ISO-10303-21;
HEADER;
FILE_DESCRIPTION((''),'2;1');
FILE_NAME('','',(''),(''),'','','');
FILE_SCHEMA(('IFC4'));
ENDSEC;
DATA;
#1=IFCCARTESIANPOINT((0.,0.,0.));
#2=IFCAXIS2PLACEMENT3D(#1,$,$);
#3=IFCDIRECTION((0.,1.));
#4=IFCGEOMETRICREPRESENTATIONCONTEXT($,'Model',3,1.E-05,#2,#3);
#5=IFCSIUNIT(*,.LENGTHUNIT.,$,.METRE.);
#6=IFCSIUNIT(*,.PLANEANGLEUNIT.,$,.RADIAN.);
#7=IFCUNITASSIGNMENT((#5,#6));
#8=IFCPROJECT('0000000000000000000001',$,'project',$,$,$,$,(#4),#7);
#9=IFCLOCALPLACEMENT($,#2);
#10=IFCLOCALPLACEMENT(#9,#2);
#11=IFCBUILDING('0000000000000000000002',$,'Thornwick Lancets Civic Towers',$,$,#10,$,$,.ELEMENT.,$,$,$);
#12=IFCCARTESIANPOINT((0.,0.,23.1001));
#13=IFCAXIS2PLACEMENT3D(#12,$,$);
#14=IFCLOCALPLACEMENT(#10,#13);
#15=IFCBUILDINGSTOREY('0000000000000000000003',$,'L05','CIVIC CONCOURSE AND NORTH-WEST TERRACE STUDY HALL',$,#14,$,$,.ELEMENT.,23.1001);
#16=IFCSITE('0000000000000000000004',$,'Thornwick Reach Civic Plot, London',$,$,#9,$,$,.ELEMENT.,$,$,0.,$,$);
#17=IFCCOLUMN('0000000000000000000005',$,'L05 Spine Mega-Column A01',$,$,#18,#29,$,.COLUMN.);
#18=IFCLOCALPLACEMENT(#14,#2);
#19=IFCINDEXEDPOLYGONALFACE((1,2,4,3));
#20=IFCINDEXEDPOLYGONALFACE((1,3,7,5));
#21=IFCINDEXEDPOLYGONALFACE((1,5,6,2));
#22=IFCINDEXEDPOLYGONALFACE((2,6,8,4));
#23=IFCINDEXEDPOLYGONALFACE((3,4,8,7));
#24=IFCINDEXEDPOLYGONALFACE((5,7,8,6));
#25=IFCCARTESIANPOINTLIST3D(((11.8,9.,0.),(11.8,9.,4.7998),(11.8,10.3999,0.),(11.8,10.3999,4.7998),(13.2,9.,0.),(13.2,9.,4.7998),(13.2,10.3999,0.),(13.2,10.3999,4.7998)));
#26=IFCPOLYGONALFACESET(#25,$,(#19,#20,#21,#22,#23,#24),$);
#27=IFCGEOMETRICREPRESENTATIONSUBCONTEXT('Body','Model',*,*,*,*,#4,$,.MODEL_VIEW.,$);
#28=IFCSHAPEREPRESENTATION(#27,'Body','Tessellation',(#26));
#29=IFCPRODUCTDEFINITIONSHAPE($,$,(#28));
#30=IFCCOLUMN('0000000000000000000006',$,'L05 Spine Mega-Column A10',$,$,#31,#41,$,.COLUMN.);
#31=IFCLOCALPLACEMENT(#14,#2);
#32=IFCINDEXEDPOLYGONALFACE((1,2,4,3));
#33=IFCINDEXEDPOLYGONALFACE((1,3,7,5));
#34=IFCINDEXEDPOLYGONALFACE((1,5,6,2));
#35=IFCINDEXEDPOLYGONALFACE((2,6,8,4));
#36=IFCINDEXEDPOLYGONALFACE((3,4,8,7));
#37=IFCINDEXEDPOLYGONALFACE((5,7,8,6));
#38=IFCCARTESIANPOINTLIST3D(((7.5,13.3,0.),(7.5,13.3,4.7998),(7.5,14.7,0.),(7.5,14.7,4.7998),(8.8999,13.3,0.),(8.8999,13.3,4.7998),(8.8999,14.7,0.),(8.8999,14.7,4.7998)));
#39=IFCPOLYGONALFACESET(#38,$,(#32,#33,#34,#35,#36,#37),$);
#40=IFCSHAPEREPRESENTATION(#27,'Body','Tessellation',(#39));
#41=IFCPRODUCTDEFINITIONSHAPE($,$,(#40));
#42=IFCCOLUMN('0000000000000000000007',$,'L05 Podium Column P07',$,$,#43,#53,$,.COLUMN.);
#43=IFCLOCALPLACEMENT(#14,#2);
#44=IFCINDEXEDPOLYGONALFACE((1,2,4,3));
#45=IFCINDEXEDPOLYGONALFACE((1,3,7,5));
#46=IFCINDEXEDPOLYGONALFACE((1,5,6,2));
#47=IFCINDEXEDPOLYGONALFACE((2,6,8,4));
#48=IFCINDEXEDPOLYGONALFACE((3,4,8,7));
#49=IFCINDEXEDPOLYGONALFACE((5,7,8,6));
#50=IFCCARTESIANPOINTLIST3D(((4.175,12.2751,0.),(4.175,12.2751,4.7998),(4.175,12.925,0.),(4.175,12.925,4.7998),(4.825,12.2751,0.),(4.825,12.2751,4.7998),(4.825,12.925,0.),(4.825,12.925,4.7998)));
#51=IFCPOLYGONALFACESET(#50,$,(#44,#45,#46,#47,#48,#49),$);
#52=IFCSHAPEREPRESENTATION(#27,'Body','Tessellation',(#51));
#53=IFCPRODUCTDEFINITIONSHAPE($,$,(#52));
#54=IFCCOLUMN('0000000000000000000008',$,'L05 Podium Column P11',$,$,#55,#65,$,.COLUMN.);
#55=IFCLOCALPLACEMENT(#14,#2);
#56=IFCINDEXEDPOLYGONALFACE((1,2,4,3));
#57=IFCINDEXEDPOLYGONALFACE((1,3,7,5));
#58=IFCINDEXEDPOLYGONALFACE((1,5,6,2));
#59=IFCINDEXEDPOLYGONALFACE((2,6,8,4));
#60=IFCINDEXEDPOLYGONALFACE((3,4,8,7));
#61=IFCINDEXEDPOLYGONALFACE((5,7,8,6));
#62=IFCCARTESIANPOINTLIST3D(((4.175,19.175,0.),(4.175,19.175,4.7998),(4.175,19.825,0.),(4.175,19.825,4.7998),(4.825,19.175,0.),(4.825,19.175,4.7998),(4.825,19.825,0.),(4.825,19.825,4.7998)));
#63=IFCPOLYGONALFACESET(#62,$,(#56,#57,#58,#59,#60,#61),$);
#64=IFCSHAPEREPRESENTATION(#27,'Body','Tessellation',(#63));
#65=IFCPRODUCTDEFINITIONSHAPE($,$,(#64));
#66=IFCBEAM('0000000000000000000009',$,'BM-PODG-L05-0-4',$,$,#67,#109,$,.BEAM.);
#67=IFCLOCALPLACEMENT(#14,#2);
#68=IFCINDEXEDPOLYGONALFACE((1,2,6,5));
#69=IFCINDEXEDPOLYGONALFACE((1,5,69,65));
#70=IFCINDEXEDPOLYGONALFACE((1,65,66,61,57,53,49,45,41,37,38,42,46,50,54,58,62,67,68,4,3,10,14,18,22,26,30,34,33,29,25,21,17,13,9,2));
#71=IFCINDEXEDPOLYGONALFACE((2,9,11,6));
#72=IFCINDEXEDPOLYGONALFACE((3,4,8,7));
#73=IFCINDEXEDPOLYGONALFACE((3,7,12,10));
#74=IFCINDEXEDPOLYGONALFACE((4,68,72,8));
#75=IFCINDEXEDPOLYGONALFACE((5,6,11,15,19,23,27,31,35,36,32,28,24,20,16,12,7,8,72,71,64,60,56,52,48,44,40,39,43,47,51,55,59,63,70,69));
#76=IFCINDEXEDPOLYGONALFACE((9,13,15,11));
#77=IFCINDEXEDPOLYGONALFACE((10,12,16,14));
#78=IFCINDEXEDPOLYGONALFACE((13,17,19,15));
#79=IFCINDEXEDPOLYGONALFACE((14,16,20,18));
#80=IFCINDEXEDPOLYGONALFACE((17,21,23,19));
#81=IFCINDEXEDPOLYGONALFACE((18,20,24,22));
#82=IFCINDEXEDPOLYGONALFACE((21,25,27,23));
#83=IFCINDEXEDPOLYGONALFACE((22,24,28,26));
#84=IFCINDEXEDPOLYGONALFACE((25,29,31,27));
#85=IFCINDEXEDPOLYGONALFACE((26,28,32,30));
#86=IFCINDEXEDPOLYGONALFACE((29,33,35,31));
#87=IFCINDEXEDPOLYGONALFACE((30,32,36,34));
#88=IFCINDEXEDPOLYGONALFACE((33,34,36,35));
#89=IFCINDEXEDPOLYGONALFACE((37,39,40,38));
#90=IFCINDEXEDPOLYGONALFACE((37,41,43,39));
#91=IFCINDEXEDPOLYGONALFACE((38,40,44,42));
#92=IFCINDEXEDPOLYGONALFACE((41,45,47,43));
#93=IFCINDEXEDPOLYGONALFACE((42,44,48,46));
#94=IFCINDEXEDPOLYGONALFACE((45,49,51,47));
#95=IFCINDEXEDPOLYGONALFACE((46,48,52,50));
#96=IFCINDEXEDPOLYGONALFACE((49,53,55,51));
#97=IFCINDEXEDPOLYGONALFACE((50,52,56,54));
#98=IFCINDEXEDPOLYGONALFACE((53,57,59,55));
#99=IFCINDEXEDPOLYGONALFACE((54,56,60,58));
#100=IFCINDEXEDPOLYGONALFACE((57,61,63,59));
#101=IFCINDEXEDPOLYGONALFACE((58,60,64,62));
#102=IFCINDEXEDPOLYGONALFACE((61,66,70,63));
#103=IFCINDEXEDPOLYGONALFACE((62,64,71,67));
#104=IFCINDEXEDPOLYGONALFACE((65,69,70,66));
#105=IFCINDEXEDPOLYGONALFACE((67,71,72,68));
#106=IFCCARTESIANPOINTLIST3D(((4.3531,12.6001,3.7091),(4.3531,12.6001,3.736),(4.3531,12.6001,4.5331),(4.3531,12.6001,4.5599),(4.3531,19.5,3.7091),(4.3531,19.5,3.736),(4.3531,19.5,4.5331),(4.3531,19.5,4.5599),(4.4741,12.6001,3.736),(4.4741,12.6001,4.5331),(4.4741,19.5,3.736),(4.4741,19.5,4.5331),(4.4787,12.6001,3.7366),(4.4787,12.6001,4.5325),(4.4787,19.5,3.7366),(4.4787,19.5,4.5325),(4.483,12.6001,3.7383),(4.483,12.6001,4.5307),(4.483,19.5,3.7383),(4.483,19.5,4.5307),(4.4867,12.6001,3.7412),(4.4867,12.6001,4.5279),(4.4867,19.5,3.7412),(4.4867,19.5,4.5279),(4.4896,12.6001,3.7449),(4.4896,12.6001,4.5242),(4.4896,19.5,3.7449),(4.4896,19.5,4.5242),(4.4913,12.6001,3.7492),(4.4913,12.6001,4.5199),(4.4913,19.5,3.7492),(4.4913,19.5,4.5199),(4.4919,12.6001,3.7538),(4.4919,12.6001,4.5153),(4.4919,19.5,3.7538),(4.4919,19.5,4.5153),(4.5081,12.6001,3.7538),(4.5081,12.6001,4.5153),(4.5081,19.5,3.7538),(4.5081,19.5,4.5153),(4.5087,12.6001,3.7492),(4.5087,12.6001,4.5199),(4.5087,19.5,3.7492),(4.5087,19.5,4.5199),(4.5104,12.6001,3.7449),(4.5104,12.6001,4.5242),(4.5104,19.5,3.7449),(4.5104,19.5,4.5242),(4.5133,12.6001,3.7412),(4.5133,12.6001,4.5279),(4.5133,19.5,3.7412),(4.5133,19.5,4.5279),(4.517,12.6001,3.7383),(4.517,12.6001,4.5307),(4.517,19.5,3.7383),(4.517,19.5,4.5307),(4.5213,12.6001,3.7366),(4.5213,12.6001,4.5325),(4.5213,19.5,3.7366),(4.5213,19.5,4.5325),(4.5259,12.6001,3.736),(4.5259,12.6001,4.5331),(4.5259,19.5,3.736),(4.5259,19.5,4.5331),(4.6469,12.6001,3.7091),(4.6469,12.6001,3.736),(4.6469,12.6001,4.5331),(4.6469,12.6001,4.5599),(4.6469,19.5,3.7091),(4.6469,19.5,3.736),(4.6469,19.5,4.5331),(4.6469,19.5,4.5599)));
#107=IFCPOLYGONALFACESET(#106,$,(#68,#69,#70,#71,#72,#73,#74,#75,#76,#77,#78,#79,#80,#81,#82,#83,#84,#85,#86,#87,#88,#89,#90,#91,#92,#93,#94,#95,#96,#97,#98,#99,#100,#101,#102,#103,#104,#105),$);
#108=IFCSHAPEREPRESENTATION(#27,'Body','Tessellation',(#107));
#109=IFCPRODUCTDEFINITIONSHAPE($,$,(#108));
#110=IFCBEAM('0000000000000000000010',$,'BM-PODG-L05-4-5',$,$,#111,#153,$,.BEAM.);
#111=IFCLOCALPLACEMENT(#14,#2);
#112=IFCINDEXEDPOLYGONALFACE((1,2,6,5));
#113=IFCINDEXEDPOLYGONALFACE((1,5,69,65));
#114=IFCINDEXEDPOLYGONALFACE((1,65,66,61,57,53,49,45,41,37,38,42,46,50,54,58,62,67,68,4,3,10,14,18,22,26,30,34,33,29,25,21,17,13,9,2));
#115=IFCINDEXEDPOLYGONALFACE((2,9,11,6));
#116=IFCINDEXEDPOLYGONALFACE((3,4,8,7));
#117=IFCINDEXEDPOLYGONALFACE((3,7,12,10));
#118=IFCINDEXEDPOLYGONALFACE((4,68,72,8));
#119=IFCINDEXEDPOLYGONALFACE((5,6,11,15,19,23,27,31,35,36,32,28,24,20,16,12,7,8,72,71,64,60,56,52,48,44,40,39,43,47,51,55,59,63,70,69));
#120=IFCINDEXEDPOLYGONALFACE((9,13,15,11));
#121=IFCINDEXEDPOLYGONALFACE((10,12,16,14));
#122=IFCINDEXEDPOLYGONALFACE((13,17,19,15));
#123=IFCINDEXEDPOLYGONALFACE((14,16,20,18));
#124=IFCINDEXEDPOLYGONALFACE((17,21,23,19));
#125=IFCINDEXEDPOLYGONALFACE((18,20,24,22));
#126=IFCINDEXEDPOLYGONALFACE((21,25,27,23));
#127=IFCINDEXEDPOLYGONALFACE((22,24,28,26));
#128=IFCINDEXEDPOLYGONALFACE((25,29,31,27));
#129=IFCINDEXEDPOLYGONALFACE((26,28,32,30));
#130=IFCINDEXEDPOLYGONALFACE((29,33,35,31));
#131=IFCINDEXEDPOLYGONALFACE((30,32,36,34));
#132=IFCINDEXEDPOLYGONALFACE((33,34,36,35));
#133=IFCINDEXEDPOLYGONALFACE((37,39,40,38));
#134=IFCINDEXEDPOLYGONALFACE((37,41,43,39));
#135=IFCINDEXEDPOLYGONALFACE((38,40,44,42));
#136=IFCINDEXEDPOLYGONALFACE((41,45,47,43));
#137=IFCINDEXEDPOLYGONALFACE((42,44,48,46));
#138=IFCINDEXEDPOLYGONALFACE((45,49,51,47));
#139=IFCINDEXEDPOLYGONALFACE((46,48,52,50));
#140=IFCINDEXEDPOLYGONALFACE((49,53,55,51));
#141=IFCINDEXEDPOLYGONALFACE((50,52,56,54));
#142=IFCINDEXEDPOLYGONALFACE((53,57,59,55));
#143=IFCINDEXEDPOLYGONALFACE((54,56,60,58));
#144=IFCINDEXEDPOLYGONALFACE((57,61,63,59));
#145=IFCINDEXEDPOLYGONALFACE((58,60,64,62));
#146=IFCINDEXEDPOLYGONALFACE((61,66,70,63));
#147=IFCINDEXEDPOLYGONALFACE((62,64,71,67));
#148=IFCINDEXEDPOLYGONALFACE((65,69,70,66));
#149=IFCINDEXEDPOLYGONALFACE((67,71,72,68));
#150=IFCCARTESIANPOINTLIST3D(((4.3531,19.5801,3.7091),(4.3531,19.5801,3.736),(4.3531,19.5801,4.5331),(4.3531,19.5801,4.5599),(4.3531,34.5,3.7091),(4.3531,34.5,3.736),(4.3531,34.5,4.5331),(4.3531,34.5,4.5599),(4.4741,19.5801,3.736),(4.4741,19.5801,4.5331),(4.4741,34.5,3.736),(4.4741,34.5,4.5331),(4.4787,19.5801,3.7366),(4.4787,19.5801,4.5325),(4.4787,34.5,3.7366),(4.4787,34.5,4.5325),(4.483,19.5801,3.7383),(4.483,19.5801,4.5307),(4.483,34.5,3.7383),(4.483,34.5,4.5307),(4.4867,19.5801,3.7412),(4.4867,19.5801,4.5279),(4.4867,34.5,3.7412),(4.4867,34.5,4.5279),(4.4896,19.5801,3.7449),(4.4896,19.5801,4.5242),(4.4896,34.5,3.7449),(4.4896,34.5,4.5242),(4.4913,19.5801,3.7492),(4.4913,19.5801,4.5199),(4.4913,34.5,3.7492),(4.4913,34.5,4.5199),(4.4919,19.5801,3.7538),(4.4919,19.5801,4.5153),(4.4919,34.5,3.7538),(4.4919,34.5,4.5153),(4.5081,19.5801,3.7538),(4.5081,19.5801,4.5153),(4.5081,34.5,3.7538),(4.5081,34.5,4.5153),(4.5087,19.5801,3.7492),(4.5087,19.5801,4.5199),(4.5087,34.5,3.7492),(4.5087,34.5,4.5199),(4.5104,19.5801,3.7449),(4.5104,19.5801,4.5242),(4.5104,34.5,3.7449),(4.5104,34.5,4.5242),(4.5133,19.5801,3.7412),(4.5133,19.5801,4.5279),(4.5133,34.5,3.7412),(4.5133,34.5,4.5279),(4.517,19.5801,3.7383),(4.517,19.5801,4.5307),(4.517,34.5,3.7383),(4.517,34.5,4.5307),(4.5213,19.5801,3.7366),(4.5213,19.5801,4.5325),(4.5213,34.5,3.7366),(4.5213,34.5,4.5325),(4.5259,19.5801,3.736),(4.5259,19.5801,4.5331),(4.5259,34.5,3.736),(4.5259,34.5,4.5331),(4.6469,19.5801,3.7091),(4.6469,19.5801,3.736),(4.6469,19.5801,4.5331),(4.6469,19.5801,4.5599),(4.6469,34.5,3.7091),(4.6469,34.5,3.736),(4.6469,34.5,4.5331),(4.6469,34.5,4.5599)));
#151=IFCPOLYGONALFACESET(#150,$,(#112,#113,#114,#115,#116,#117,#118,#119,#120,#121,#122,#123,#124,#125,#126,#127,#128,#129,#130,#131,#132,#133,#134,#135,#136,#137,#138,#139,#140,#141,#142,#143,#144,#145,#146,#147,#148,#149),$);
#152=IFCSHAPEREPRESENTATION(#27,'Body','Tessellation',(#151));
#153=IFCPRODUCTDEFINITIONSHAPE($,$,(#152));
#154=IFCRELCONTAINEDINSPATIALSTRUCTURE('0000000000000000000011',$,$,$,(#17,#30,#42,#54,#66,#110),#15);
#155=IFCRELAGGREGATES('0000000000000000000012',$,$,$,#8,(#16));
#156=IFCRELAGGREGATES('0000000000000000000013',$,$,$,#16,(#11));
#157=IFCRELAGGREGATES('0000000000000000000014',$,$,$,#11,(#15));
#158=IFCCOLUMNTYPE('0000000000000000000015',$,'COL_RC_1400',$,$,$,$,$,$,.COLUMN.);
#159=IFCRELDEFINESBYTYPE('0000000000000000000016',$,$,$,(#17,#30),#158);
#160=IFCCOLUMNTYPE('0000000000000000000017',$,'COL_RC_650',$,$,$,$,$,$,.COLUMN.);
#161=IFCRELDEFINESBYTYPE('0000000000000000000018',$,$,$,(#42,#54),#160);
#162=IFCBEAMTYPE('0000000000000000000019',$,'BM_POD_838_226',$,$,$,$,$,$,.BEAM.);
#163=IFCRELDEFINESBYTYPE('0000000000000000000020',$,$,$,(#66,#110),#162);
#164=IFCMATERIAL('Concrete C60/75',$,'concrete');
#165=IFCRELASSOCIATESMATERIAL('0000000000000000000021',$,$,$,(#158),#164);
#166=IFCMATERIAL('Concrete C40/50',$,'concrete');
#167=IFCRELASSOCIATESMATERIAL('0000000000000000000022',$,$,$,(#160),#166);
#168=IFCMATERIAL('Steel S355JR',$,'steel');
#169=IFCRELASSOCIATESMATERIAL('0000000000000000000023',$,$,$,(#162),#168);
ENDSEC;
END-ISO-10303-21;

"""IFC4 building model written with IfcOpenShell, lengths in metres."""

from ifc_helpers import new_model, si_unit, direction, frame, origin, origin_2d, place, context, subcontext, project, spatial, rectangle, i_section, extrude, material, material_profile, profile_set, type_object, element, save


model = new_model("IFC4")

# Units and contexts
model_context = context("Model", 3, precision=1e-05, world=origin(), true_north=direction((0.0, 1.0)))
body_context = subcontext(model_context, "Body", "Model", "MODEL_VIEW")
ifc_project = project(units=[si_unit("LENGTHUNIT", "METRE"), si_unit("PLANEANGLEUNIT", "RADIAN")], contexts=[model_context])

# Site, building, storey
site_placement = place(None, origin())
site = spatial("IfcSite", under=ifc_project, at=site_placement, Name="Thornwick Reach Civic Plot, London", CompositionType="ELEMENT", RefElevation=0.0)
building_placement = place(site_placement, origin())
building = spatial("IfcBuilding", under=site, at=building_placement, Name="Thornwick Lancets Civic Towers", CompositionType="ELEMENT")
storey_placement = place(building_placement, frame((0.0, 0.0, 23.1001)))
storey = spatial("IfcBuildingStorey", under=building, at=storey_placement, Name="L05", Description="CIVIC CONCOURSE AND NORTH-WEST TERRACE STUDY HALL", CompositionType="ELEMENT", Elevation=23.1001)

# Columns
ifc_material_1 = material(Name="Concrete C60/75", Category="concrete")
ifc_material_profile_1 = material_profile(ifc_material_1, rectangle(XDim=1.3999, YDim=1.3999, at=origin_2d()), Name="RC 1400x1400")
ifc_profile_set_1 = profile_set([ifc_material_profile_1], Name="Concrete C60/75")
column_type_1 = type_object("IfcColumnType", Name="COL_RC_1400", PredefinedType="COLUMN", material=ifc_profile_set_1)
for number, where, z_axis, x_axis, name in (
    (1, (12.5, 9.7, 0.0), (0.0, 0.0, 1.0), (1.0, 0.0, 0.0), "L05 Spine Mega-Column A01"),
    (2, (8.2, 14.0, 0.0), (0.0, 0.0, 1.0), (1.0, 0.0, 0.0), "L05 Spine Mega-Column A10"),
):
    element("IfcColumn", number, at=place(storey_placement, frame(where, z_axis=z_axis, x_axis=x_axis)), inside=storey, type_object=column_type_1, Name=name, PredefinedType="COLUMN", context=body_context, shape_type="SweptSolid", body=[
        extrude(rectangle(XDim=1.3999, YDim=1.3999, at=origin_2d()), origin(), (0.0, 0.0, 1.0), 4.7998),
    ])
ifc_material_2 = material(Name="Concrete C40/50", Category="concrete")
ifc_material_profile_2 = material_profile(ifc_material_2, rectangle(XDim=0.6499, YDim=0.6499, at=origin_2d()), Name="RC 650x650")
ifc_profile_set_2 = profile_set([ifc_material_profile_2], Name="Concrete C40/50")
column_type_2 = type_object("IfcColumnType", Name="COL_RC_650", PredefinedType="COLUMN", material=ifc_profile_set_2)
for number, where, z_axis, x_axis, name in (
    (3, (4.5, 12.6001, 0.0), (0.0, 0.0, 1.0), (1.0, 0.0, 0.0), "L05 Podium Column P07"),
    (4, (4.5, 19.5, 0.0), (0.0, 0.0, 1.0), (1.0, 0.0, 0.0), "L05 Podium Column P11"),
):
    element("IfcColumn", number, at=place(storey_placement, frame(where, z_axis=z_axis, x_axis=x_axis)), inside=storey, type_object=column_type_2, Name=name, PredefinedType="COLUMN", context=body_context, shape_type="SweptSolid", body=[
        extrude(rectangle(XDim=0.6499, YDim=0.6499, at=origin_2d()), origin(), (0.0, 0.0, 1.0), 4.7998),
    ])

# Beams
ifc_material_3 = material(Name="Steel S355JR", Category="steel")
ifc_material_profile_3 = material_profile(ifc_material_3, i_section(OverallWidth=0.2937, OverallDepth=0.8508, WebThickness=0.0161, FlangeThickness=0.0269, FilletRadius=0.0178, at=origin_2d()), Name="UKB 838x292x226")
ifc_profile_set_3 = profile_set([ifc_material_profile_3], Name="Steel S355JR")
beam_type_1 = type_object("IfcBeamType", Name="BM_POD_838_226", PredefinedType="BEAM", material=ifc_profile_set_3)
beam_1_placement = place(storey_placement, frame((4.5, 12.6001, 4.1345), z_axis=(0.0, 1.0, 0.0), x_axis=(-1.0, 0.0, 0.0)))
element("IfcBeam", 5, at=beam_1_placement, inside=storey, type_object=beam_type_1, Name="BM-PODG-L05-0-4", PredefinedType="BEAM", context=body_context, shape_type="SweptSolid", body=[
    extrude(i_section(OverallWidth=0.2937, OverallDepth=0.8508, WebThickness=0.0161, FlangeThickness=0.0269, FilletRadius=0.0178, at=origin_2d()), origin(), (0.0, 0.0, 1.0), 6.8999),
])
beam_2_placement = place(storey_placement, frame((4.5, 19.5801, 4.1345), z_axis=(0.0, 1.0, 0.0), x_axis=(-1.0, 0.0, 0.0)))
element("IfcBeam", 6, at=beam_2_placement, inside=storey, type_object=beam_type_1, Name="BM-PODG-L05-4-5", PredefinedType="BEAM", context=body_context, shape_type="SweptSolid", body=[
    extrude(i_section(OverallWidth=0.2937, OverallDepth=0.8508, WebThickness=0.0161, FlangeThickness=0.0269, FilletRadius=0.0178, at=origin_2d()), origin(), (0.0, 0.0, 1.0), 14.9199),
])

save(model, "model.ifc")
